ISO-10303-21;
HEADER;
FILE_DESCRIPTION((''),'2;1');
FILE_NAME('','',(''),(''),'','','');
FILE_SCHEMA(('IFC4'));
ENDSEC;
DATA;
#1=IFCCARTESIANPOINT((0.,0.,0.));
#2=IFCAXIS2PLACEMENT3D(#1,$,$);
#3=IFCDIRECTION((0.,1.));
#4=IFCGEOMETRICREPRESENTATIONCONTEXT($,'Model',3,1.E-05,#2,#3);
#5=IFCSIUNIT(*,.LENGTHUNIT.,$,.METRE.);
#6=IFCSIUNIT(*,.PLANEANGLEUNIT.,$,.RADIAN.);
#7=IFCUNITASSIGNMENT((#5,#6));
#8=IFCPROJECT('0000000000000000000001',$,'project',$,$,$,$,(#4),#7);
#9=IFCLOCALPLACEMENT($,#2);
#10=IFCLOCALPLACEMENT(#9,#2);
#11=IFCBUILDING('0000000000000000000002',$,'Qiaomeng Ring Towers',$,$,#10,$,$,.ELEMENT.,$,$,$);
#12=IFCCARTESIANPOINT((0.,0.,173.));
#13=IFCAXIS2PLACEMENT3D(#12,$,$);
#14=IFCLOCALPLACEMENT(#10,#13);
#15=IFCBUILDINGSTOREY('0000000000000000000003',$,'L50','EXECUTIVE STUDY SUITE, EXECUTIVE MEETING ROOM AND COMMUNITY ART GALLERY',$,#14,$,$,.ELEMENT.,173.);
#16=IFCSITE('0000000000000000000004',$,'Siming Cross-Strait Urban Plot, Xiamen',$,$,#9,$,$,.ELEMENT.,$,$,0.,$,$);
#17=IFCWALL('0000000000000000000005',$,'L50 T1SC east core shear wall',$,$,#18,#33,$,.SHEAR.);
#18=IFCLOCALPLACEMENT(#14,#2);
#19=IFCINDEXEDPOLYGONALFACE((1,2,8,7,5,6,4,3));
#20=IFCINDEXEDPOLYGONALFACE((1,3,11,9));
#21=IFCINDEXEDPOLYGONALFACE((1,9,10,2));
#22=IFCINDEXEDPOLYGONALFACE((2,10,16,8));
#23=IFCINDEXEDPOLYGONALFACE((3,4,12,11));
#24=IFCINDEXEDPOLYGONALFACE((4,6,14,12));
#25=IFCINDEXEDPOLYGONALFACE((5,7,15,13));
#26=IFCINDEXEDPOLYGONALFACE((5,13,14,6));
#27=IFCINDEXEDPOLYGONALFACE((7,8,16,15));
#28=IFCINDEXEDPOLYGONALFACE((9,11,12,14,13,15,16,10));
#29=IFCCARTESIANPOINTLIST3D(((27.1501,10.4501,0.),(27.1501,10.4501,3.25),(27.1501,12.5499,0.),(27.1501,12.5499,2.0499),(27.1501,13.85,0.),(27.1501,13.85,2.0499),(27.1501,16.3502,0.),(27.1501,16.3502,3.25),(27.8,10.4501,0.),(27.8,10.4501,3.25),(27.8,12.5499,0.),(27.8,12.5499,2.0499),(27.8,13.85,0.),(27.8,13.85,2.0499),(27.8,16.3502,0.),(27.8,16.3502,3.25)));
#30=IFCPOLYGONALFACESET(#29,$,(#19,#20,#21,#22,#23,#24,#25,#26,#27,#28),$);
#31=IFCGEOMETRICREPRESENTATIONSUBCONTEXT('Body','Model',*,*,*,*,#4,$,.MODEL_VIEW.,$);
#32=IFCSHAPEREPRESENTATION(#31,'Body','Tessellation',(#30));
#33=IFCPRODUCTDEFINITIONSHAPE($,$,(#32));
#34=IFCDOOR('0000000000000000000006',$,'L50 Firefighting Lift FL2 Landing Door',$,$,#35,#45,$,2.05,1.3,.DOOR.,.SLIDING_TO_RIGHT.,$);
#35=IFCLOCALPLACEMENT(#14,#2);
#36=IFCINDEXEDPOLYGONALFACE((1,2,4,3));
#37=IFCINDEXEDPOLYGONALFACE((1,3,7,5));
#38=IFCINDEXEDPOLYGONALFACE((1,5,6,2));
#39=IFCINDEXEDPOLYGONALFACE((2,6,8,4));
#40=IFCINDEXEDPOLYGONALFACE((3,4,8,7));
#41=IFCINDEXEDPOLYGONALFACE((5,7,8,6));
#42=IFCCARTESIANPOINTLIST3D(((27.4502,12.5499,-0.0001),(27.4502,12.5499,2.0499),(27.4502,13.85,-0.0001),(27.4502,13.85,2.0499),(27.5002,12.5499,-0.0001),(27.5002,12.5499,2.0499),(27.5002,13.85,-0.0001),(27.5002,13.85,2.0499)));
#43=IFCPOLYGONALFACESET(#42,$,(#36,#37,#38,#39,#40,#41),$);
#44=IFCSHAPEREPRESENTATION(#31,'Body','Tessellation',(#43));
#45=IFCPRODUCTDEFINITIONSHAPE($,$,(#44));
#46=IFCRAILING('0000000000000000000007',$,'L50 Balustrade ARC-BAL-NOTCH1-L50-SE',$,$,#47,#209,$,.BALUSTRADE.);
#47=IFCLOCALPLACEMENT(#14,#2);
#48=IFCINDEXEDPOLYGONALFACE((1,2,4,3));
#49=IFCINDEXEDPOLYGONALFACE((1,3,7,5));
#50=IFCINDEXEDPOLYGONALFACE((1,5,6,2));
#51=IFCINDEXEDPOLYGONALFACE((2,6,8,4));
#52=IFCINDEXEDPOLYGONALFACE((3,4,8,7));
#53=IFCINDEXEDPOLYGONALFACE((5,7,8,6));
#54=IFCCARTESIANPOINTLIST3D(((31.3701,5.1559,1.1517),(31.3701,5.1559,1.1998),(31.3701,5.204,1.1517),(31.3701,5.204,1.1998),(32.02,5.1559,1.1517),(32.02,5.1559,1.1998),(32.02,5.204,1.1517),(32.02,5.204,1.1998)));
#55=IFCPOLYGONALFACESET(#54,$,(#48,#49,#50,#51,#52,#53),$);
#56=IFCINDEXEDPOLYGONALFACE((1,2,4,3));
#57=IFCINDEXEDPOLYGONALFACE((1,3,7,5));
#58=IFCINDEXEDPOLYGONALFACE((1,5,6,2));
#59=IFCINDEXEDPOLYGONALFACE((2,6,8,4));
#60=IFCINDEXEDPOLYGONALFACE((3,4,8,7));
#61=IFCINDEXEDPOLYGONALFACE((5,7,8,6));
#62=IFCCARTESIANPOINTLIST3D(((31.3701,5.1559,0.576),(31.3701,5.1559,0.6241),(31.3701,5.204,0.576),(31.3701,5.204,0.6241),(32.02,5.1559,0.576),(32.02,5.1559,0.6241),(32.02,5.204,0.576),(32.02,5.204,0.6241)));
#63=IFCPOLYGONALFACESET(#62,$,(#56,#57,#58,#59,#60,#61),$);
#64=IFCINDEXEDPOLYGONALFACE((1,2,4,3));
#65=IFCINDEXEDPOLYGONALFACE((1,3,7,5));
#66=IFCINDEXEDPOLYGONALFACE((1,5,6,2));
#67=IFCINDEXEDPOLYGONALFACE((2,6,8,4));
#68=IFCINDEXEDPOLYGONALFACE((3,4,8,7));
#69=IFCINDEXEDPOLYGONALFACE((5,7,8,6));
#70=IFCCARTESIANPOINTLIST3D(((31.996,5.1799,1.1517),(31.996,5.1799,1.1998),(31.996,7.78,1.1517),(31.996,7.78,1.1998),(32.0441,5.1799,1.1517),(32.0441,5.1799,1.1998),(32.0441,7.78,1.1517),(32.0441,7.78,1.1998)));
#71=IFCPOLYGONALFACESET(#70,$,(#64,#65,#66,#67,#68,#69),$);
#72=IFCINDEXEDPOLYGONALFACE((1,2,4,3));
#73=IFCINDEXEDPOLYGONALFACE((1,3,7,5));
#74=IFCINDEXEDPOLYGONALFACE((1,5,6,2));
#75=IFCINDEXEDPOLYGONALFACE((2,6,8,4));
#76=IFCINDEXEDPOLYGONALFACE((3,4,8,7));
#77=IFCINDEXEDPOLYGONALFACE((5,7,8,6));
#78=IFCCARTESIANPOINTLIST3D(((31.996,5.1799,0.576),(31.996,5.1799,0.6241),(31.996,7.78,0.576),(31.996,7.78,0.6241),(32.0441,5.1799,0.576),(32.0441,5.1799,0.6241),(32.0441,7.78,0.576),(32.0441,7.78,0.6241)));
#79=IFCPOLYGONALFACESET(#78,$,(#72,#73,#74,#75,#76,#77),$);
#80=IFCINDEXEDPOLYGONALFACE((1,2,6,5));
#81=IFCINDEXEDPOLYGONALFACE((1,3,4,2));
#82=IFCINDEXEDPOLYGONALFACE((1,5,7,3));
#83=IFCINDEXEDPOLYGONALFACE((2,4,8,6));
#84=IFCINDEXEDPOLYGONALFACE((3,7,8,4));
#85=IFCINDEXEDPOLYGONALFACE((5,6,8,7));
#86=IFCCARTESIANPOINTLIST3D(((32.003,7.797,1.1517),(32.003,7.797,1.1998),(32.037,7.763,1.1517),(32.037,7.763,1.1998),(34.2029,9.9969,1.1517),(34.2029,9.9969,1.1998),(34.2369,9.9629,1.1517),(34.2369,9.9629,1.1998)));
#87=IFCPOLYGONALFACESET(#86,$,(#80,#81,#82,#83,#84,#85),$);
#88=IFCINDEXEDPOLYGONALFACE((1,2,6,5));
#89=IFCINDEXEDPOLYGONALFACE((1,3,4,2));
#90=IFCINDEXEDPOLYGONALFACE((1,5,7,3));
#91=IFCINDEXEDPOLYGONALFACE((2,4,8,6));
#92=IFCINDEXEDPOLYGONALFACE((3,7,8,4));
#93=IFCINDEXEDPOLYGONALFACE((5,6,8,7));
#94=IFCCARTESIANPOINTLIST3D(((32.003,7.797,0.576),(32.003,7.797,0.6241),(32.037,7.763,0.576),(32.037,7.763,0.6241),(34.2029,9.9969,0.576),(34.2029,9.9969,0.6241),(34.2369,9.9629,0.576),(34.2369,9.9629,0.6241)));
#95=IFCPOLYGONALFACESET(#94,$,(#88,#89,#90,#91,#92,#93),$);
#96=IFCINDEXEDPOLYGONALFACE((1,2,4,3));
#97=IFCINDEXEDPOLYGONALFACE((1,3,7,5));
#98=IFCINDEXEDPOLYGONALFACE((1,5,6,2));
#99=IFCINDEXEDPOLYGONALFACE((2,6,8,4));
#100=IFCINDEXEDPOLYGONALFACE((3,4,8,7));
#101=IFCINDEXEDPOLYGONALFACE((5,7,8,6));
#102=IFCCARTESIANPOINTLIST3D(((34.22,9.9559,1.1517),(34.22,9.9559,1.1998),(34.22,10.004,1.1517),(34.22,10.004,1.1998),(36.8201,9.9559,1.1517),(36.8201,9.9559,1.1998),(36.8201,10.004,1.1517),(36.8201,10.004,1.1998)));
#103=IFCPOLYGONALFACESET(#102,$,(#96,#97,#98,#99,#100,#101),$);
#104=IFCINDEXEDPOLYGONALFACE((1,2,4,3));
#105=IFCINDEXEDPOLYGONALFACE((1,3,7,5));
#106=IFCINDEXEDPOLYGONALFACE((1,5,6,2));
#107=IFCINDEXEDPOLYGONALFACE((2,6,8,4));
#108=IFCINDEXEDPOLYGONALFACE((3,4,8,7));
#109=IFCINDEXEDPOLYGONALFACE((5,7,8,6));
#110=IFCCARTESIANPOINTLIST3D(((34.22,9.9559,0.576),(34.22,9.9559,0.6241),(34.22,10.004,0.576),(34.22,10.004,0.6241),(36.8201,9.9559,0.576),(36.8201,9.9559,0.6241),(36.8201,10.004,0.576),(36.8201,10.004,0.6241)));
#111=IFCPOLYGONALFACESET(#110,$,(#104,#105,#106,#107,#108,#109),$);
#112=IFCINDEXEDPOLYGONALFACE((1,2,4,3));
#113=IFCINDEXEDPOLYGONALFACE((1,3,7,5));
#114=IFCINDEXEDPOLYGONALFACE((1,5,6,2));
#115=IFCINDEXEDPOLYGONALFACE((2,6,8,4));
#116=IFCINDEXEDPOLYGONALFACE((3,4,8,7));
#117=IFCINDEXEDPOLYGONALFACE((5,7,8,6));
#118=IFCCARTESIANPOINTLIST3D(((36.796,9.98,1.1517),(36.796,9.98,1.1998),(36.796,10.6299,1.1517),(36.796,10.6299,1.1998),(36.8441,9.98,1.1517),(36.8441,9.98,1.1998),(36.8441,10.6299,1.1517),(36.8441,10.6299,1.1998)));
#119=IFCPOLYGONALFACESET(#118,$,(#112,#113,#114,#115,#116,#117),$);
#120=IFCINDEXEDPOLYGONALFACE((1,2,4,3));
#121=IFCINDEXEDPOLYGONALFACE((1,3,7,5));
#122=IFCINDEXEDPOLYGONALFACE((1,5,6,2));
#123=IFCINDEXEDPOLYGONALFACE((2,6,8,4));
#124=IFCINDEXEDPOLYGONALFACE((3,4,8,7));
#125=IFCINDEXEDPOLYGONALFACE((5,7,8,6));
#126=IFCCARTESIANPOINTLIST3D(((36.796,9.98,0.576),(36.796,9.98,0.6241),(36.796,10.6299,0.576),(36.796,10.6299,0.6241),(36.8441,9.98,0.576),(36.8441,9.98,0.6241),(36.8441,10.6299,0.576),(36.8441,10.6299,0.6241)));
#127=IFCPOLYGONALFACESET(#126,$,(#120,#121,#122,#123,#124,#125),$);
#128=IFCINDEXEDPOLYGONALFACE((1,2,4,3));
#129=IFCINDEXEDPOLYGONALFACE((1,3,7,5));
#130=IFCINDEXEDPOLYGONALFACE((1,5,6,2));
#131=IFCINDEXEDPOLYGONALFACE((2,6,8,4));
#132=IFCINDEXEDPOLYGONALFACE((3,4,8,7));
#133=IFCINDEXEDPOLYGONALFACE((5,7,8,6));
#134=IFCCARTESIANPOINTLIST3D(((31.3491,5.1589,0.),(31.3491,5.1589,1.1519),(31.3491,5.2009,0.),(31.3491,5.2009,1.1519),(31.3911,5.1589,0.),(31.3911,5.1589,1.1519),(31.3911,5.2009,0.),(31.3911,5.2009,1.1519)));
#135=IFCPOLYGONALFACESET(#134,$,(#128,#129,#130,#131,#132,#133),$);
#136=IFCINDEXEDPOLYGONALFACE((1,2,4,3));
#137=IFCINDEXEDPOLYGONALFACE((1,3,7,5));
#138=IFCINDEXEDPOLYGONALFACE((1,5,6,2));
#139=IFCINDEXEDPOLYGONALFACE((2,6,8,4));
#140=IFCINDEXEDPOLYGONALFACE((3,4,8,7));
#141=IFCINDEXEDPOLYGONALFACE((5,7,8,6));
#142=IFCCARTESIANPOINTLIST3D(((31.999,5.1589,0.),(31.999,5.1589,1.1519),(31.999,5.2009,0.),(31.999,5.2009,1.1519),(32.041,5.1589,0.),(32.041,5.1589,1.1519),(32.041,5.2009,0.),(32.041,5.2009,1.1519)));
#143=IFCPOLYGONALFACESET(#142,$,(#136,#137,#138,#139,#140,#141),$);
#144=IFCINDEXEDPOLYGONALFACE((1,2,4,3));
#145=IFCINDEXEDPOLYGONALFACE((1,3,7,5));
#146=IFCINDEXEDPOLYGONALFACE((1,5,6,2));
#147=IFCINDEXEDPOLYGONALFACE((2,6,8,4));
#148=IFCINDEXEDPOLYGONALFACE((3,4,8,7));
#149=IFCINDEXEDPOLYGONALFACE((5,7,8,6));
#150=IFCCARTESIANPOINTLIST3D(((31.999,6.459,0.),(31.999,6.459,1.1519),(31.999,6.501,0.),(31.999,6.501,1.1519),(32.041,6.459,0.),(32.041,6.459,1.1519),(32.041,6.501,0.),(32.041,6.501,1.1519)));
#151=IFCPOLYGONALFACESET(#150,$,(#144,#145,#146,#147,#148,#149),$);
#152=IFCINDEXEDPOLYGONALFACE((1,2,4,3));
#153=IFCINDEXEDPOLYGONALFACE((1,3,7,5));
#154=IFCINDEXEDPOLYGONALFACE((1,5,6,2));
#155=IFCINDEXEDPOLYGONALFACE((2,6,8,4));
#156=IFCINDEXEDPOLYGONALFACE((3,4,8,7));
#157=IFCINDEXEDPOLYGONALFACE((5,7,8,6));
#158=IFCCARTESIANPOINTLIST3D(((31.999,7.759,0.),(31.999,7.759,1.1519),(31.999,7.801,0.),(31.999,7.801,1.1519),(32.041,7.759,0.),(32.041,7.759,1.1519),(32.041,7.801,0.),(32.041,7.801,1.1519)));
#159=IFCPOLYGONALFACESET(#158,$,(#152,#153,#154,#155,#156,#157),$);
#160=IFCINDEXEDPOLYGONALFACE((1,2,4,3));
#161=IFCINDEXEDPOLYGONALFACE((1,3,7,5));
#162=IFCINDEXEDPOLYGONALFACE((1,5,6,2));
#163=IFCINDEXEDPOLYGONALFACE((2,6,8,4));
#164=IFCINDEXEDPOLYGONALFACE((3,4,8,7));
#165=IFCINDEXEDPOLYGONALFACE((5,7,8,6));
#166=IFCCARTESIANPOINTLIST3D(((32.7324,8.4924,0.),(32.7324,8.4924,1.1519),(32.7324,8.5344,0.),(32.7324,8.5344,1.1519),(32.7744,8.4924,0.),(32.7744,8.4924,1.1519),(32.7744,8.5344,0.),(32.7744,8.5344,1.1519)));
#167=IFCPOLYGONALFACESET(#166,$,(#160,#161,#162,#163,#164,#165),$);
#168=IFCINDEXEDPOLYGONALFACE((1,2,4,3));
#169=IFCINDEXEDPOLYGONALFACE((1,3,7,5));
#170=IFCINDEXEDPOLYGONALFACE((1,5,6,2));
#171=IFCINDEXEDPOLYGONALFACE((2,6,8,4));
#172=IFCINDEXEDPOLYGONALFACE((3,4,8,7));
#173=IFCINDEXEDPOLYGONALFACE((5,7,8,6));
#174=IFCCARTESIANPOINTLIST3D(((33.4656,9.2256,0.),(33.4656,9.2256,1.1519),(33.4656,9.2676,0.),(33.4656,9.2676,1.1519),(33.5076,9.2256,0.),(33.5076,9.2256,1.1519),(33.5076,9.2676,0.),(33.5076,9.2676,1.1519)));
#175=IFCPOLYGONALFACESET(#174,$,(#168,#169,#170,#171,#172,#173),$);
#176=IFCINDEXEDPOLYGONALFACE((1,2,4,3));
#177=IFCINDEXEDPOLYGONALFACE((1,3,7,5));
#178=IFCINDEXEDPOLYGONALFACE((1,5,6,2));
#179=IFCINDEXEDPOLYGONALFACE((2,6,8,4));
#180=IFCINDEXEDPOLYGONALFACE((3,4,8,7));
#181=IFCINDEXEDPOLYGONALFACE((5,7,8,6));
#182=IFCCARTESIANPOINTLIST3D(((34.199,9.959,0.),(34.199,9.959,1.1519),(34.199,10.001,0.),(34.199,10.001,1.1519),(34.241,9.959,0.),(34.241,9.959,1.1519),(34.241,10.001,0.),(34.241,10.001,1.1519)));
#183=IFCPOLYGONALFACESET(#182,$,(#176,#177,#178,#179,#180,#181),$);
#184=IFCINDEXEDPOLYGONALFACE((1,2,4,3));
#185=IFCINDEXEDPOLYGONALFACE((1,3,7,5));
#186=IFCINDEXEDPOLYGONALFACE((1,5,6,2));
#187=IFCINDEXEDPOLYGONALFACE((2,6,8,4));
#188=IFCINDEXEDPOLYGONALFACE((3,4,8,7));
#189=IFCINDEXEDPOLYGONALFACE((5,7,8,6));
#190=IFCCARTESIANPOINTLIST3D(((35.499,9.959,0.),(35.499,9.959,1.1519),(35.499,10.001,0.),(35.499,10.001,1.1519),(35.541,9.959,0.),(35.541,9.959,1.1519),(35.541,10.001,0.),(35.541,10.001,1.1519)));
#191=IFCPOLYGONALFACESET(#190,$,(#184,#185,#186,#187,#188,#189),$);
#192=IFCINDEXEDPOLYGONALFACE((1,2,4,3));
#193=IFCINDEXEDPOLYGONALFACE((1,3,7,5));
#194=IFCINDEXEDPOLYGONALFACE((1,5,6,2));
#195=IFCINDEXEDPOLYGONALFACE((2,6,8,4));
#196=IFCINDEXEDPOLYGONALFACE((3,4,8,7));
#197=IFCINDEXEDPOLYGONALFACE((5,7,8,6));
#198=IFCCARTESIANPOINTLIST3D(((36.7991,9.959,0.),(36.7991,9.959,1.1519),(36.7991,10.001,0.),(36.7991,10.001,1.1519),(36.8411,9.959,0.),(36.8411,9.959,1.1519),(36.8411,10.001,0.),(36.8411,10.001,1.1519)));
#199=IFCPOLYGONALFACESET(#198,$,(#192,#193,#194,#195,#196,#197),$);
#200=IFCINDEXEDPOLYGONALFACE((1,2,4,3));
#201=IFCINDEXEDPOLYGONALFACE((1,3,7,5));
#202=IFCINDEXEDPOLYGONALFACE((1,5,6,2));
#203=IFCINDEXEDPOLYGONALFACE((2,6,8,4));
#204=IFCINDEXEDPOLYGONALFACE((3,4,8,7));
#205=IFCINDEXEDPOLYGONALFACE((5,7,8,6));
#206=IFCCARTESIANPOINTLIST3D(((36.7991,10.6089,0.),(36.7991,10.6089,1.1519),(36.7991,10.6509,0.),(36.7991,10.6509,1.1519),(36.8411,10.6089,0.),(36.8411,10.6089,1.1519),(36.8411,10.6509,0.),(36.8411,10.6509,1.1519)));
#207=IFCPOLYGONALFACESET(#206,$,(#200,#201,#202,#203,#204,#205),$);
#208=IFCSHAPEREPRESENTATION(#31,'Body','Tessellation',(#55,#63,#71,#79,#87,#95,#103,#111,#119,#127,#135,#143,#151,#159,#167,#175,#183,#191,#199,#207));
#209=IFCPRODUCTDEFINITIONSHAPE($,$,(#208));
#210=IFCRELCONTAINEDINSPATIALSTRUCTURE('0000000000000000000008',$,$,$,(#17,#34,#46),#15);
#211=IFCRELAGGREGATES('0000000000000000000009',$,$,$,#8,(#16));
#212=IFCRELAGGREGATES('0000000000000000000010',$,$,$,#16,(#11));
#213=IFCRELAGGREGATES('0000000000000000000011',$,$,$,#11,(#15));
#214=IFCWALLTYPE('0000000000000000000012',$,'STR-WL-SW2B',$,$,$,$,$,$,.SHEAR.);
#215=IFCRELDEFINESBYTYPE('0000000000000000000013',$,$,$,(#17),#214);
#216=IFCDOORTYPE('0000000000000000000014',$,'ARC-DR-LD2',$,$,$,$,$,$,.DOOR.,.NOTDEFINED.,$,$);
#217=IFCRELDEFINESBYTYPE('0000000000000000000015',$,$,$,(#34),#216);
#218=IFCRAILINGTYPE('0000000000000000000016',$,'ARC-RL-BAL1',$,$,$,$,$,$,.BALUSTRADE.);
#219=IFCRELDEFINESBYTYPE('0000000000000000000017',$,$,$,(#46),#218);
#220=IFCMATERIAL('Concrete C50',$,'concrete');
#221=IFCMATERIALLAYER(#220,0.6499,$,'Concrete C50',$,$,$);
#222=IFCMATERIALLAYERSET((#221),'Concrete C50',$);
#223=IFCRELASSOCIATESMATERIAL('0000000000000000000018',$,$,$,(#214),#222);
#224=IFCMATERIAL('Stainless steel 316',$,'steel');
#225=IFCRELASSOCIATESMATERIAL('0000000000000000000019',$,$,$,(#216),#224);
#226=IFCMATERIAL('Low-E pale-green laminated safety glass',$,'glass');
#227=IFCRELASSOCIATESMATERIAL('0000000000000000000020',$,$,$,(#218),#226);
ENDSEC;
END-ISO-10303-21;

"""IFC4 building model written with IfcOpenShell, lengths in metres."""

from ifc_helpers import new_model, si_unit, direction, frame, frame_2d, origin, origin_2d, place, context, subcontext, project, spatial, rectangle, extrude, source, transform, mapped, material, layer, layer_set, type_object, element, fill, save


model = new_model("IFC4")

# Units and contexts
model_context = context("Model", 3, precision=1e-05, world=origin(), true_north=direction((0.0, 1.0)))
body_context = subcontext(model_context, "Body", "Model", "MODEL_VIEW")
ifc_project = project(units=[si_unit("LENGTHUNIT", "METRE"), si_unit("PLANEANGLEUNIT", "RADIAN")], contexts=[model_context])

# Site, building, storey
site_placement = place(None, origin())
site = spatial("IfcSite", under=ifc_project, at=site_placement, Name="Siming Cross-Strait Urban Plot, Xiamen", CompositionType="ELEMENT", RefElevation=0.0)
building_placement = place(site_placement, origin())
building = spatial("IfcBuilding", under=site, at=building_placement, Name="Qiaomeng Ring Towers", CompositionType="ELEMENT")
storey_placement = place(building_placement, frame((0.0, 0.0, 173.0)))
storey = spatial("IfcBuildingStorey", under=building, at=storey_placement, Name="L50", Description="EXECUTIVE STUDY SUITE, EXECUTIVE MEETING ROOM AND COMMUNITY ART GALLERY", CompositionType="ELEMENT", Elevation=173.0)

# Shared definitions
ifc_material_1 = material(Name="Concrete C50", Category="concrete")

# Wall, opening, door
ifc_layer_1 = layer(ifc_material_1, 0.6499, Name="Concrete C50")
ifc_layer_set_1 = layer_set([ifc_layer_1], Name="Concrete C50")
wall_type_1 = type_object("IfcWallType", Name="STR-WL-SW2B", PredefinedType="SHEAR", material=ifc_layer_set_1)
wall_1_placement = place(storey_placement, frame((27.4751, 10.45, 0.0), z_axis=(0.0, 0.0, 1.0), x_axis=(0.0, 1.0, 0.0)))
wall_1 = element("IfcWall", 1, at=wall_1_placement, inside=storey, type_object=wall_type_1, Name="L50 T1SC east core shear wall", PredefinedType="SHEAR", context=body_context, shape_type="SweptSolid", body=[
    extrude(rectangle(XDim=5.9001, YDim=0.6499, at=frame_2d((2.9502, 0.0))), origin(), (0.0, 0.0, 1.0), 3.25),
])
opening_1_placement = place(wall_1_placement, frame((2.1001, 0.0, 0.0)))
opening_1 = element("IfcOpeningElement", 2, at=opening_1_placement, cuts=wall_1, PredefinedType="OPENING", context=body_context, shape_type="SweptSolid", body=[
    extrude(rectangle(XDim=1.3, YDim=2.05, at=frame_2d((0.6499, 1.0249))), frame((0.0, 0.335, 0.0), z_axis=(0.0, -1.0, 0.0), x_axis=(1.0, 0.0, 0.0)), (0.0, 0.0, 1.0), 0.6699),
])
ifc_material_2 = material(Name="Stainless steel 316", Category="steel")
door_type_1 = type_object("IfcDoorType", Name="ARC-DR-LD2", OperationType="NOTDEFINED", PredefinedType="DOOR", material=ifc_material_2)
shared_shape_1 = source(origin(), body_context, "Body", "SweptSolid", [
    extrude(rectangle(XDim=1.3, YDim=2.05, at=frame_2d((0.6499, 1.0249))), frame((0.0, 0.0249, 0.0), z_axis=(0.0, -1.0, 0.0), x_axis=(1.0, 0.0, 0.0)), (0.0, 0.0, 1.0), 0.05),
])
door_1_placement = place(opening_1_placement, origin())
door_1 = element("IfcDoor", 3, at=door_1_placement, inside=storey, type_object=door_type_1, Name="L50 Firefighting Lift FL2 Landing Door", OperationType="SLIDING_TO_RIGHT", OverallHeight=2.05, OverallWidth=1.3, PredefinedType="DOOR", context=body_context, shape_type="MappedRepresentation", body=[
    mapped(shared_shape_1, transform((0.0, 0.0, 0.0), x_axis=(1.0, 0.0, 0.0), y_axis=(0.0, 1.0, 0.0), z_axis=(0.0, 0.0, 1.0), scale=1.0)),
])
fill(opening_1, door_1)

# Railing
ifc_material_3 = material(Name="Low-E pale-green laminated safety glass", Category="glass")
railing_type = type_object("IfcRailingType", Name="ARC-RL-BAL1", PredefinedType="BALUSTRADE", material=ifc_material_3)
railing_placement = place(storey_placement, frame((31.3701, 5.1799, 0.0)))
element("IfcRailing", 4, at=railing_placement, inside=storey, type_object=railing_type, Name="L50 Balustrade ARC-BAL-NOTCH1-L50-SE", PredefinedType="BALUSTRADE", context=body_context, shape_type="SweptSolid", body=[
    extrude(rectangle(XDim=0.0481, YDim=0.0481, at=origin_2d()), frame((0.0, 0.0, 1.1758), z_axis=(1.0, 0.0, 0.0), x_axis=(0.0, 1.0, 0.0)), (0.0, 0.0, 1.0), 0.6499),
    extrude(rectangle(XDim=0.0481, YDim=0.0481, at=origin_2d()), frame((0.0, 0.0, 0.6001), z_axis=(1.0, 0.0, 0.0), x_axis=(0.0, 1.0, 0.0)), (0.0, 0.0, 1.0), 0.6499),
    extrude(rectangle(XDim=0.0481, YDim=0.0481, at=origin_2d()), frame((0.6499, 0.0, 1.1758), z_axis=(0.0, 1.0, 0.0), x_axis=(-1.0, 0.0, 0.0)), (0.0, 0.0, 1.0), 2.6001),
    extrude(rectangle(XDim=0.0481, YDim=0.0481, at=origin_2d()), frame((0.6499, 0.0, 0.6001), z_axis=(0.0, 1.0, 0.0), x_axis=(-1.0, 0.0, 0.0)), (0.0, 0.0, 1.0), 2.6001),
    extrude(rectangle(XDim=0.0481, YDim=0.0481, at=origin_2d()), frame((0.6499, 2.6001, 1.1758), z_axis=(0.707107, 0.707107, 0.0), x_axis=(-0.707107, 0.707107, 0.0)), (0.0, 0.0, 1.0), 3.1111),
    extrude(rectangle(XDim=0.0481, YDim=0.0481, at=origin_2d()), frame((0.6499, 2.6001, 0.6001), z_axis=(0.707107, 0.707107, 0.0), x_axis=(-0.707107, 0.707107, 0.0)), (0.0, 0.0, 1.0), 3.1111),
    extrude(rectangle(XDim=0.0481, YDim=0.0481, at=origin_2d()), frame((2.8499, 4.8, 1.1758), z_axis=(1.0, 0.0, 0.0), x_axis=(0.0, 1.0, 0.0)), (0.0, 0.0, 1.0), 2.6001),
    extrude(rectangle(XDim=0.0481, YDim=0.0481, at=origin_2d()), frame((2.8499, 4.8, 0.6001), z_axis=(1.0, 0.0, 0.0), x_axis=(0.0, 1.0, 0.0)), (0.0, 0.0, 1.0), 2.6001),
    extrude(rectangle(XDim=0.0481, YDim=0.0481, at=origin_2d()), frame((5.45, 4.8, 1.1758), z_axis=(0.0, 1.0, 0.0), x_axis=(-1.0, 0.0, 0.0)), (0.0, 0.0, 1.0), 0.6499),
    extrude(rectangle(XDim=0.0481, YDim=0.0481, at=origin_2d()), frame((5.45, 4.8, 0.6001), z_axis=(0.0, 1.0, 0.0), x_axis=(-1.0, 0.0, 0.0)), (0.0, 0.0, 1.0), 0.6499),
    extrude(rectangle(XDim=0.042, YDim=0.042, at=origin_2d()), origin(), (0.0, 0.0, 1.0), 1.1519),
    extrude(rectangle(XDim=0.042, YDim=0.042, at=origin_2d()), frame((0.6499, 0.0, 0.0)), (0.0, 0.0, 1.0), 1.1519),
    extrude(rectangle(XDim=0.042, YDim=0.042, at=origin_2d()), frame((0.6499, 1.3, 0.0)), (0.0, 0.0, 1.0), 1.1519),
    extrude(rectangle(XDim=0.042, YDim=0.042, at=origin_2d()), frame((0.6499, 2.6001, 0.0)), (0.0, 0.0, 1.0), 1.1519),
    extrude(rectangle(XDim=0.042, YDim=0.042, at=origin_2d()), frame((1.3833, 3.3335, 0.0)), (0.0, 0.0, 1.0), 1.1519),
    extrude(rectangle(XDim=0.042, YDim=0.042, at=origin_2d()), frame((2.1165, 4.0667, 0.0)), (0.0, 0.0, 1.0), 1.1519),
    extrude(rectangle(XDim=0.042, YDim=0.042, at=origin_2d()), frame((2.8499, 4.8, 0.0)), (0.0, 0.0, 1.0), 1.1519),
    extrude(rectangle(XDim=0.042, YDim=0.042, at=origin_2d()), frame((4.1499, 4.8, 0.0)), (0.0, 0.0, 1.0), 1.1519),
    extrude(rectangle(XDim=0.042, YDim=0.042, at=origin_2d()), frame((5.45, 4.8, 0.0)), (0.0, 0.0, 1.0), 1.1519),
    extrude(rectangle(XDim=0.042, YDim=0.042, at=origin_2d()), frame((5.45, 5.45, 0.0)), (0.0, 0.0, 1.0), 1.1519),
])

save(model, "model.ifc")
